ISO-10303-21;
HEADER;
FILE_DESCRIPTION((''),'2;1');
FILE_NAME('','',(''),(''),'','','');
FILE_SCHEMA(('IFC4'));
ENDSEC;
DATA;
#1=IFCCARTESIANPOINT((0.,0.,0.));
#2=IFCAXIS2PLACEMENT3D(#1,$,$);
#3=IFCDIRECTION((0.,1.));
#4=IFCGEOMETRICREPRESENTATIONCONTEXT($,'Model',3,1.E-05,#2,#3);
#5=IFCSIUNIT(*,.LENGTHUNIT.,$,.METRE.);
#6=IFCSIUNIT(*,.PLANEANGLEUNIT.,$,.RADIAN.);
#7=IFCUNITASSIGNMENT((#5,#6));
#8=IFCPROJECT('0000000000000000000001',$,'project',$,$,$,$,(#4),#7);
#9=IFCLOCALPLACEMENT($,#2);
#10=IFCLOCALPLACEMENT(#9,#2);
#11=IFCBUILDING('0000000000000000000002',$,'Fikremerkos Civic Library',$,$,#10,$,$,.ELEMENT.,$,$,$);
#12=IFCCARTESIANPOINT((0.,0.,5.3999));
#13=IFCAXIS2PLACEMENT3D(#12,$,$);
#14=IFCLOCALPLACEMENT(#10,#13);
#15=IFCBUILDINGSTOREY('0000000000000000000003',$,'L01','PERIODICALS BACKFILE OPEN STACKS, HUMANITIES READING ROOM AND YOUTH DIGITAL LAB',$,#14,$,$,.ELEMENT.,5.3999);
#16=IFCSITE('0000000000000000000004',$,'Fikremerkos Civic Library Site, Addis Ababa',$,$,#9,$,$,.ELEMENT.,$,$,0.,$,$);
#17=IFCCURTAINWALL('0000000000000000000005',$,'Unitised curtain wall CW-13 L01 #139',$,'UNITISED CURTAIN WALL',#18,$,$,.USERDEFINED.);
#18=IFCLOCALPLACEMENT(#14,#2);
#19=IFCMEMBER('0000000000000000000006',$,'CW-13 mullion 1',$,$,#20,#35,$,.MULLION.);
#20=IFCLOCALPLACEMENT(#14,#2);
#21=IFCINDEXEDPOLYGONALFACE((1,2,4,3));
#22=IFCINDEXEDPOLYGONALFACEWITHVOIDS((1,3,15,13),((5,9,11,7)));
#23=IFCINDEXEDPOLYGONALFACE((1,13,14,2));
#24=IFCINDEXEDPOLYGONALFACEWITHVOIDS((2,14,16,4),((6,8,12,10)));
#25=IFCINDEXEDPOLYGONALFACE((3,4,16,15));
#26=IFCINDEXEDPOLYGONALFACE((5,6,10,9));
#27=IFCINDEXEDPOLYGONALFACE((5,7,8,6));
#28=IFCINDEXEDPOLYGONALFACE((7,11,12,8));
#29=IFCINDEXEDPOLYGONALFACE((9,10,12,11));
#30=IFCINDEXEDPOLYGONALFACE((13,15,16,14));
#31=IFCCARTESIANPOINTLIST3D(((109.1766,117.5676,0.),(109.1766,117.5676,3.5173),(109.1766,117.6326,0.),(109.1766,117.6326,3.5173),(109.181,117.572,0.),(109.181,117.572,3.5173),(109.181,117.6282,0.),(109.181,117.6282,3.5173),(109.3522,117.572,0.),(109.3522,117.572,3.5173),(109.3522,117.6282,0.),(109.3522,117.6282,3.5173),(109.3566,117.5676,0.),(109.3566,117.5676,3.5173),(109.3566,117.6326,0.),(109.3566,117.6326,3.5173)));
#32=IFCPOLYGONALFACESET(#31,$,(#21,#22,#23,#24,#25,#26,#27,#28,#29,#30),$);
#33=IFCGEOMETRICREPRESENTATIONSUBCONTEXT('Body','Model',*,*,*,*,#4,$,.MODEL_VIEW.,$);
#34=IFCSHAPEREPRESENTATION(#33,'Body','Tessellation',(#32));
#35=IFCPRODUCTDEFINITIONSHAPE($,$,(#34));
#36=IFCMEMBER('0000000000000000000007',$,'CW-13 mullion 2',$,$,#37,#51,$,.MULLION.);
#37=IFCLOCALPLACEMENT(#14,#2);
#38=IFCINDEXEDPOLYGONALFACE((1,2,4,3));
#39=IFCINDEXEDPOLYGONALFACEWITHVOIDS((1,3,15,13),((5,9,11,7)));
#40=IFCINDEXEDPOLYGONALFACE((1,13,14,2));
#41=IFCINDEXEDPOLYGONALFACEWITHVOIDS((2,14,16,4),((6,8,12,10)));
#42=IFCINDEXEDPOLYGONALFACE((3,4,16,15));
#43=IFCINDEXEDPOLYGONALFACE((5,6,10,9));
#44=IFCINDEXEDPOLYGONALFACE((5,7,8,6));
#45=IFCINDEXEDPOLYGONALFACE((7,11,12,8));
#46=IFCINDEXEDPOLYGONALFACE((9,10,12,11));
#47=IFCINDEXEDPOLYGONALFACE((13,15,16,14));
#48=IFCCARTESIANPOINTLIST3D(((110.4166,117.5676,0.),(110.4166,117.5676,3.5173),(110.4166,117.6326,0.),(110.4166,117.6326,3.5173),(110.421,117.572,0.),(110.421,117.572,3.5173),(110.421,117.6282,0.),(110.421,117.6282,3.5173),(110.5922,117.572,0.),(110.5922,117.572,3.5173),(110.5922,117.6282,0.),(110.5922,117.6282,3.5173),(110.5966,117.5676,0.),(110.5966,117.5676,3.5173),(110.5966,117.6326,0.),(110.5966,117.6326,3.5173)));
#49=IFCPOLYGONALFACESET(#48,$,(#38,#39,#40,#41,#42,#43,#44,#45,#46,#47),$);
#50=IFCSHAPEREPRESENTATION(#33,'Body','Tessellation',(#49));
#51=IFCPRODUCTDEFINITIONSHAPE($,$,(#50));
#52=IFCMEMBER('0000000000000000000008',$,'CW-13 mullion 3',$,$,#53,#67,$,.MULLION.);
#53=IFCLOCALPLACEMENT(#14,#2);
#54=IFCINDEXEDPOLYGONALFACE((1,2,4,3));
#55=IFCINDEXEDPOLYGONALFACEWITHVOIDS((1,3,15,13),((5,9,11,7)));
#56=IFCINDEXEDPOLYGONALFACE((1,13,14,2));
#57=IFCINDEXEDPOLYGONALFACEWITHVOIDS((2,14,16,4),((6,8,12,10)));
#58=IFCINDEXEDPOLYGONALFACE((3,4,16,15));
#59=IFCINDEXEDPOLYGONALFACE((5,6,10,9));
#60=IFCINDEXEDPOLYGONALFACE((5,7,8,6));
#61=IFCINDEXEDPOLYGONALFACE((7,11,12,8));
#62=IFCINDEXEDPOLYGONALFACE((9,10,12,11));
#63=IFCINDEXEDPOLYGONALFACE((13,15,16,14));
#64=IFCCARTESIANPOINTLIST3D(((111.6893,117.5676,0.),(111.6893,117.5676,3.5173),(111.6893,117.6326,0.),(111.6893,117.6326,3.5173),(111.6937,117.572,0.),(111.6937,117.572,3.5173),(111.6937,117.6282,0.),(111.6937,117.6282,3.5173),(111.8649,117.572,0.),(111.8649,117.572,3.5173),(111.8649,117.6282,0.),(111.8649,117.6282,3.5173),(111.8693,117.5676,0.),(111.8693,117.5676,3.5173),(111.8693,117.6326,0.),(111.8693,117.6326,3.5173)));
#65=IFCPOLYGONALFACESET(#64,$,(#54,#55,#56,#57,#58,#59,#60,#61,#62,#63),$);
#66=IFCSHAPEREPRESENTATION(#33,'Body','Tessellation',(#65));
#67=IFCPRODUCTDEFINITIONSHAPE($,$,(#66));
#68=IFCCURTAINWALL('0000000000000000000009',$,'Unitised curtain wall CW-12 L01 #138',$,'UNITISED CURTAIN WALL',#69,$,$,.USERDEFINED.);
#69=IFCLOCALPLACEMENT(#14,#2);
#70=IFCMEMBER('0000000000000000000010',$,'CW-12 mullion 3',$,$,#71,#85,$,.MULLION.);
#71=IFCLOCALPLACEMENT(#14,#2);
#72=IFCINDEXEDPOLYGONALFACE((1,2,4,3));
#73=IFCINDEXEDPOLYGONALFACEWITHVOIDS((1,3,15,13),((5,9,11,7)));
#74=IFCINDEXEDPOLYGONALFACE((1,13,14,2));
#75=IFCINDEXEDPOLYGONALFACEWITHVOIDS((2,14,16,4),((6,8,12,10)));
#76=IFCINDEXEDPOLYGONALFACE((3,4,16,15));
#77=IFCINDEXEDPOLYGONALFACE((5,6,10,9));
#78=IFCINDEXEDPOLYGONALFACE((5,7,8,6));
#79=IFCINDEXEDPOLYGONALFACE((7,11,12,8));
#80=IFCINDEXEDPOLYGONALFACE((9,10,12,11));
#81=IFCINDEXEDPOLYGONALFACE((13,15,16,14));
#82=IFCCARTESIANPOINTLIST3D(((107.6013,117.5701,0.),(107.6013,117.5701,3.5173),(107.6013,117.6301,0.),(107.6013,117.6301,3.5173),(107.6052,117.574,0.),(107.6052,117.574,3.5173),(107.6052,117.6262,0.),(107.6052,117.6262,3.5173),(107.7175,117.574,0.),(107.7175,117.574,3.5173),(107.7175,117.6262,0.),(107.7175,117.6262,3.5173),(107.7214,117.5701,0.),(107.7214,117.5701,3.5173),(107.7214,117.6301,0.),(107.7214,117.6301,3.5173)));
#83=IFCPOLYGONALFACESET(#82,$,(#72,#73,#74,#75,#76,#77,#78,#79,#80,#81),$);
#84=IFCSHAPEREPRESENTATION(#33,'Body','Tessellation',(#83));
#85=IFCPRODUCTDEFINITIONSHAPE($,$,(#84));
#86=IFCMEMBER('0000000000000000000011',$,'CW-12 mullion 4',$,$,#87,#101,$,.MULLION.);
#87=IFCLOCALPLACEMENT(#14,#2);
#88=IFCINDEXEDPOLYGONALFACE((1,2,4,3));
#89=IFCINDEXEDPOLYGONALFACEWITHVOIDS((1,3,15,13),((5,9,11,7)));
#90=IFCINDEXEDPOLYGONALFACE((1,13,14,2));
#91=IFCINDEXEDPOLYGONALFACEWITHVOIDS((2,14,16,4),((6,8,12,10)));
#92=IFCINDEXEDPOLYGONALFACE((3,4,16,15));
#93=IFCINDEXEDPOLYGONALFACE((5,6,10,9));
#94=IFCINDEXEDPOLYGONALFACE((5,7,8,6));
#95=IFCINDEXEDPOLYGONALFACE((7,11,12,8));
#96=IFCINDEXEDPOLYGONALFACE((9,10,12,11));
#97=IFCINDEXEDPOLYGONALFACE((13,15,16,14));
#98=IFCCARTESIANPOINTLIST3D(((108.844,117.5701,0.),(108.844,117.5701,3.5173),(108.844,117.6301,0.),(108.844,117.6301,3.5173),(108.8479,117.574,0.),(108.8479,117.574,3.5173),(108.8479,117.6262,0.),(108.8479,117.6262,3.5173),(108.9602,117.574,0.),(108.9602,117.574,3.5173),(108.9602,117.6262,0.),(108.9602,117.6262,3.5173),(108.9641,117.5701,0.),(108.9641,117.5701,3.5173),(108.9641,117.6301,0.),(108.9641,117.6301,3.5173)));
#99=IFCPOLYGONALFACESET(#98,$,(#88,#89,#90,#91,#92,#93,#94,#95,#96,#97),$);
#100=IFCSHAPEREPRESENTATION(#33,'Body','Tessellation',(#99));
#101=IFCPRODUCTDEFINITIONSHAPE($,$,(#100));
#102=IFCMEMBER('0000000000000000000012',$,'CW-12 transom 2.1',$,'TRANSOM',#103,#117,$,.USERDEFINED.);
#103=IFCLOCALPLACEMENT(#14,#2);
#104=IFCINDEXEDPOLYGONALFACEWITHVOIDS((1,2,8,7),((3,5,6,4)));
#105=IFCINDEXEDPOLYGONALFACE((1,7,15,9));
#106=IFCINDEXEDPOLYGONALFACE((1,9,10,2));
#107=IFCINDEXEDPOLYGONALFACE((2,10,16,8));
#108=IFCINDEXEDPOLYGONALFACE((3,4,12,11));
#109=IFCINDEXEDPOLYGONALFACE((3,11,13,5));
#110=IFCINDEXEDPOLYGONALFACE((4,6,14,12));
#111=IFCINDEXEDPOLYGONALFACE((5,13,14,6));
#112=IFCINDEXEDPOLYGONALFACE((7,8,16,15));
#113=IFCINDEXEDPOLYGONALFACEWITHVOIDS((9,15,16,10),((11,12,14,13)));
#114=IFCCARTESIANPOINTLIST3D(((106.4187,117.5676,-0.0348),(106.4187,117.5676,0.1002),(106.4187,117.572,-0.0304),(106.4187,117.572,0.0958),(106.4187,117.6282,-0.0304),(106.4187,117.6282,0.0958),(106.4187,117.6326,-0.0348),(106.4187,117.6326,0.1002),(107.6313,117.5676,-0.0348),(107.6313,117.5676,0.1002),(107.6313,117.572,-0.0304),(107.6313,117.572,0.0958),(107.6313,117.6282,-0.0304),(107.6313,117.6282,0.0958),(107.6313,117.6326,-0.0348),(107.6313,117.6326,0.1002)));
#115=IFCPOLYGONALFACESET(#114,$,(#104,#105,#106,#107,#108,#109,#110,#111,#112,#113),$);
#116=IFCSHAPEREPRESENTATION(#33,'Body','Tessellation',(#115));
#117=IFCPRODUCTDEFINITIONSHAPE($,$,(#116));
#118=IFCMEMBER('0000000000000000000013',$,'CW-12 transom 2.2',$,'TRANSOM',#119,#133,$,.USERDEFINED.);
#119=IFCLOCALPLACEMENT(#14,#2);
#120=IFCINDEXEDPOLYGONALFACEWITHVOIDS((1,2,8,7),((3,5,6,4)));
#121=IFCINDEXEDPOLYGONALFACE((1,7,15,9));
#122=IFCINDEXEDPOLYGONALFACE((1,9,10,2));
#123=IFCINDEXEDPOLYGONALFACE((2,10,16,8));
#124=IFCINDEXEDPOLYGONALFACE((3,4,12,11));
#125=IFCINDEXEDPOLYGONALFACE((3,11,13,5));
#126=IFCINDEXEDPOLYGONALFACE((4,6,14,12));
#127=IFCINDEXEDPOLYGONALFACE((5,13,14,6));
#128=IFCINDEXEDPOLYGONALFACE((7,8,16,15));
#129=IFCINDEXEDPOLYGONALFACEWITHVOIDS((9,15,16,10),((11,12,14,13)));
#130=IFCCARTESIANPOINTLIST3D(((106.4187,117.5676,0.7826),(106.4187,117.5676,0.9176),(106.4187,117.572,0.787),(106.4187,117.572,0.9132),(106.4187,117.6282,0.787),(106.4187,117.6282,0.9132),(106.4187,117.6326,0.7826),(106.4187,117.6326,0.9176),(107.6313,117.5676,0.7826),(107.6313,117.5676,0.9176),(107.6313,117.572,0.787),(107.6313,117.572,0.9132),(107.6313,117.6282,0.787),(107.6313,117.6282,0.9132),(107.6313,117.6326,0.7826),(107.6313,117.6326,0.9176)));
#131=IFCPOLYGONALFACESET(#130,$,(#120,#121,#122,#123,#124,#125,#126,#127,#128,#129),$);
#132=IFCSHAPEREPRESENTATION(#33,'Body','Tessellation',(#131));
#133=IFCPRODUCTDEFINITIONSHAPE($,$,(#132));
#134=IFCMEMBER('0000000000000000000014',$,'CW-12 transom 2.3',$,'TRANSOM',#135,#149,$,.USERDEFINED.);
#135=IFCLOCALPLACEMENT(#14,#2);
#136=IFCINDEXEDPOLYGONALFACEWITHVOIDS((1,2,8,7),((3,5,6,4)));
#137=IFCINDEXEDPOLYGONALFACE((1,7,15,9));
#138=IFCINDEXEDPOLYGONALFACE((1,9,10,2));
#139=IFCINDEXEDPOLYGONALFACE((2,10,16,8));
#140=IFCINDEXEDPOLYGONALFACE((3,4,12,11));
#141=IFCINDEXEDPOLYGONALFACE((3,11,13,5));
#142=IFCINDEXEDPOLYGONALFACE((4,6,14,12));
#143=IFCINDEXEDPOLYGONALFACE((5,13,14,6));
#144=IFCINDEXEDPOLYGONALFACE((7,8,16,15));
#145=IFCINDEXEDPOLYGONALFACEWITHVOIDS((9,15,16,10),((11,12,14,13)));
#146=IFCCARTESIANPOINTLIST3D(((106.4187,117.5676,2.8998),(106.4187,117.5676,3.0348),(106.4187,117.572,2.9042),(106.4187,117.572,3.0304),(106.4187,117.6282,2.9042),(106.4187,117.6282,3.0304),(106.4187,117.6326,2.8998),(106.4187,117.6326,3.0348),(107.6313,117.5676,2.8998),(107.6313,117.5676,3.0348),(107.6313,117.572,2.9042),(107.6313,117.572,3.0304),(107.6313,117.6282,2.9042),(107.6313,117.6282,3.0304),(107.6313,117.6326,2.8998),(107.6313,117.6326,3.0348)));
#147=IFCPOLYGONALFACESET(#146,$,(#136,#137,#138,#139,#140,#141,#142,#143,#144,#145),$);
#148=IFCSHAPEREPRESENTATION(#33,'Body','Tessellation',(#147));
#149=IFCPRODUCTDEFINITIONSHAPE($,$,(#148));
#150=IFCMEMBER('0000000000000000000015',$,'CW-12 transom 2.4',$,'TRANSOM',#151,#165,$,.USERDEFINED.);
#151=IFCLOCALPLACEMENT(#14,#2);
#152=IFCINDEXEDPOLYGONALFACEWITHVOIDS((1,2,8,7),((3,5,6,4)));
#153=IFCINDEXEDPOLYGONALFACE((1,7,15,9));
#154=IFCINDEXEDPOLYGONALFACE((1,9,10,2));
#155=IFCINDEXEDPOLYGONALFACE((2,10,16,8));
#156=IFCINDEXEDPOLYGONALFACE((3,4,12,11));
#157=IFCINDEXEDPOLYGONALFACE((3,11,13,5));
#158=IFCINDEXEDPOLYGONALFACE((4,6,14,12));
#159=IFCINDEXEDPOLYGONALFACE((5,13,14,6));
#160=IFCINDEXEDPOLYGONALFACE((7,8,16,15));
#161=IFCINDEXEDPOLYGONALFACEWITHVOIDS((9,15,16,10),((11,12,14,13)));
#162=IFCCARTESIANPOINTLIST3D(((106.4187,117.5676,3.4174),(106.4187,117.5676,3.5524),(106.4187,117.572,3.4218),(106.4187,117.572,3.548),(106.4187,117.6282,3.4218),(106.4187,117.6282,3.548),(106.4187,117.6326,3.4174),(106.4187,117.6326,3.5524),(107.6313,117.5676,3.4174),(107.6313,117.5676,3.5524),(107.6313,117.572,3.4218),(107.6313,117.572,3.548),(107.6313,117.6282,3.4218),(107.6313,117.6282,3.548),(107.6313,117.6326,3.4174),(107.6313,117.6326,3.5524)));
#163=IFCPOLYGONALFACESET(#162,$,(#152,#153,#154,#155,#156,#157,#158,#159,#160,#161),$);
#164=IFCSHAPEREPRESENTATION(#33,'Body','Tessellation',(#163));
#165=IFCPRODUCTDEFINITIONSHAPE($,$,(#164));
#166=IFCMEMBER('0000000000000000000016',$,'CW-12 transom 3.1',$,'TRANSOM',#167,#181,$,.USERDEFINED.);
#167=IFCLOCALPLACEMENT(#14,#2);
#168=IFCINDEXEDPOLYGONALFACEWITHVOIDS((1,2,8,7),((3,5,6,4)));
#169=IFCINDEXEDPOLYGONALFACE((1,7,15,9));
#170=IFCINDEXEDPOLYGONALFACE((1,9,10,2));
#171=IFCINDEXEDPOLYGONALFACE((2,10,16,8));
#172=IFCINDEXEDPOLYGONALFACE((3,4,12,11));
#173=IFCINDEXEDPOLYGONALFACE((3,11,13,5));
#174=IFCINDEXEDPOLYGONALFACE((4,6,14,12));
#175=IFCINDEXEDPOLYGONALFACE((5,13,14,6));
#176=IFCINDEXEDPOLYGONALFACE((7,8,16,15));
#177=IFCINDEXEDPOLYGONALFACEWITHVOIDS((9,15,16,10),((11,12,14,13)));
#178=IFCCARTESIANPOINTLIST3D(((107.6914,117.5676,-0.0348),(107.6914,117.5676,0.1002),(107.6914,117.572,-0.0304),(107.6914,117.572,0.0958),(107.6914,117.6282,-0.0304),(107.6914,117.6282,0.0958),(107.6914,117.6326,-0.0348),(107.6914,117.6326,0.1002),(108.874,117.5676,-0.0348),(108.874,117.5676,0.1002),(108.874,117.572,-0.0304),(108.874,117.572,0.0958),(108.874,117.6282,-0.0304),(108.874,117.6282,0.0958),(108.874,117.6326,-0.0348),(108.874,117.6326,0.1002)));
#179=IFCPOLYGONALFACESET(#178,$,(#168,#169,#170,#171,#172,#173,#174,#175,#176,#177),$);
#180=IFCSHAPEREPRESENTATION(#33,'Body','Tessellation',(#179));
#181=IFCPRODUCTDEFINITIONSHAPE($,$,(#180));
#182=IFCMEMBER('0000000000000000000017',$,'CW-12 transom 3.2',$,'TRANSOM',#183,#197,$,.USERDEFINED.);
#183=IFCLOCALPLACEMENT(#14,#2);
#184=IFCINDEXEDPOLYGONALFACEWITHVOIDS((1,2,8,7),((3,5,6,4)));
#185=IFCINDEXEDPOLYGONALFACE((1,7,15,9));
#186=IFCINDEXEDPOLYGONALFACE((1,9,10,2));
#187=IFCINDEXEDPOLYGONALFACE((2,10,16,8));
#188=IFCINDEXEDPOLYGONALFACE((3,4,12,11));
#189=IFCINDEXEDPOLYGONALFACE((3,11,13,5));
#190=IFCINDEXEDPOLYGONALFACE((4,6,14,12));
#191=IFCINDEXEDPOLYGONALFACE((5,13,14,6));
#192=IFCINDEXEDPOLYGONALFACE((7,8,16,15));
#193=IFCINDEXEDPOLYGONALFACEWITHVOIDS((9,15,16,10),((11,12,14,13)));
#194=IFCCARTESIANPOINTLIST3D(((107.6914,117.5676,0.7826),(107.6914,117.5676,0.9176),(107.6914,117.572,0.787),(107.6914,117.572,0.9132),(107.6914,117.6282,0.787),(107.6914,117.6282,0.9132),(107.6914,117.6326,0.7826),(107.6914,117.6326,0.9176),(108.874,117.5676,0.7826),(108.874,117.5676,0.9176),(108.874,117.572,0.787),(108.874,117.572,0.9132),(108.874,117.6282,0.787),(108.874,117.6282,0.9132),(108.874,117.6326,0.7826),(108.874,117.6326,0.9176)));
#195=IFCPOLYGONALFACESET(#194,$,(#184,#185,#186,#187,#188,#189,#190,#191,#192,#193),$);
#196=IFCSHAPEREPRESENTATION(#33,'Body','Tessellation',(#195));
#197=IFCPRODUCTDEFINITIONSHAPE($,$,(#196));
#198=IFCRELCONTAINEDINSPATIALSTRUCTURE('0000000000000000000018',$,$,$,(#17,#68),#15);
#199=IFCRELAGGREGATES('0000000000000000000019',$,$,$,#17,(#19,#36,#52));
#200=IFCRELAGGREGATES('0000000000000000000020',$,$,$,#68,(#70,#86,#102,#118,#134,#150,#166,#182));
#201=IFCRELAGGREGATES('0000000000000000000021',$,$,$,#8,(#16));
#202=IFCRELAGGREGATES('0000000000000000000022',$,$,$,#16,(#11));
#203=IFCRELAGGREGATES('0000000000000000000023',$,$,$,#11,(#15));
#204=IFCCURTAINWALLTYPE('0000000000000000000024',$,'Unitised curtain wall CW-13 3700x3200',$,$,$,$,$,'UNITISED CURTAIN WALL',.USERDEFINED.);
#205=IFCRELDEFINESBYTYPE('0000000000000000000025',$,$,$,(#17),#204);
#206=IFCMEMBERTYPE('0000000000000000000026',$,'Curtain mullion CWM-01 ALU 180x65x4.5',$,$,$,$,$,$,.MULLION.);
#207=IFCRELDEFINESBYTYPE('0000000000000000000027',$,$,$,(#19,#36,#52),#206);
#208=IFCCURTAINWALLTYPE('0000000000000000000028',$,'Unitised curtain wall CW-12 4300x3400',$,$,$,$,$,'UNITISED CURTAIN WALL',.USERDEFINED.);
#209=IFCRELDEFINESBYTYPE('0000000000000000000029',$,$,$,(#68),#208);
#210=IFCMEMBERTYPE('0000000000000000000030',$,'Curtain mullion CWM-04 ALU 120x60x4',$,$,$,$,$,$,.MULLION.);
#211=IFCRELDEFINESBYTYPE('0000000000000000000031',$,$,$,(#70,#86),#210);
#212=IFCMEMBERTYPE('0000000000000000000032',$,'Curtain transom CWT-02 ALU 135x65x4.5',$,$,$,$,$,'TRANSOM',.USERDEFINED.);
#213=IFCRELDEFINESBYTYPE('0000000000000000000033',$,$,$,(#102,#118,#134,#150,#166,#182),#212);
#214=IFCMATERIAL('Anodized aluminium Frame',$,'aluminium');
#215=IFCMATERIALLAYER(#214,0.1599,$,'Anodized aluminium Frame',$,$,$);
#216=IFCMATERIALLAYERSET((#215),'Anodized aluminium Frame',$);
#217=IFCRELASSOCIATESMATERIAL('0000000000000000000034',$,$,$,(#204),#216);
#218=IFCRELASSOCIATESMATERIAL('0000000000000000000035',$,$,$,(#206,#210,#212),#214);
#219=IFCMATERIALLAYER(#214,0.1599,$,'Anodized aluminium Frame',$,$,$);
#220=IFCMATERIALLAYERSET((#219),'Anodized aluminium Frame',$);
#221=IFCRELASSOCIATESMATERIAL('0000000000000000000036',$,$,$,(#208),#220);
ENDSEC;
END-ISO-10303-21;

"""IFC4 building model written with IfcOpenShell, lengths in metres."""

from ifc_helpers import new_model, si_unit, direction, frame, origin, origin_2d, place, context, subcontext, project, spatial, hollow_rectangle, extrude, material, layer, layer_set, material_profile, profile_set, type_object, element, aggregate, save


model = new_model("IFC4")

# Units and contexts
model_context = context("Model", 3, precision=1e-05, world=origin(), true_north=direction((0.0, 1.0)))
body_context = subcontext(model_context, "Body", "Model", "MODEL_VIEW")
ifc_project = project(units=[si_unit("LENGTHUNIT", "METRE"), si_unit("PLANEANGLEUNIT", "RADIAN")], contexts=[model_context])

# Site, building, storey
site_placement = place(None, origin())
site = spatial("IfcSite", under=ifc_project, at=site_placement, Name="Fikremerkos Civic Library Site, Addis Ababa", CompositionType="ELEMENT", RefElevation=0.0)
building_placement = place(site_placement, origin())
building = spatial("IfcBuilding", under=site, at=building_placement, Name="Fikremerkos Civic Library", CompositionType="ELEMENT")
storey_placement = place(building_placement, frame((0.0, 0.0, 5.3999)))
storey = spatial("IfcBuildingStorey", under=building, at=storey_placement, Name="L01", Description="PERIODICALS BACKFILE OPEN STACKS, HUMANITIES READING ROOM AND YOUTH DIGITAL LAB", CompositionType="ELEMENT", Elevation=5.3999)

# Curtain walls, members
ifc_material_1 = material(Name="Anodized aluminium Frame", Category="aluminium")
ifc_layer_1 = layer(ifc_material_1, 0.1599, Name="Anodized aluminium Frame")
ifc_layer_set_1 = layer_set([ifc_layer_1], Name="Anodized aluminium Frame")
curtain_wall_type_1 = type_object("IfcCurtainWallType", Name="Unitised curtain wall CW-13 3700x3200", ElementType="UNITISED CURTAIN WALL", PredefinedType="USERDEFINED", material=ifc_layer_set_1)
curtain_wall_1_placement = place(storey_placement, origin())
curtain_wall_1 = element("IfcCurtainWall", 1, at=curtain_wall_1_placement, inside=storey, type_object=curtain_wall_type_1, Name="Unitised curtain wall CW-13 L01 #139", ObjectType="UNITISED CURTAIN WALL", PredefinedType="USERDEFINED")
ifc_material_profile_1 = material_profile(ifc_material_1, hollow_rectangle(XDim=0.0649, YDim=0.1799, WallThickness=0.0044, at=origin_2d()), Name="ALU 180x65x4.5")
ifc_profile_set_1 = profile_set([ifc_material_profile_1], Name="Anodized aluminium Frame")
member_type_1 = type_object("IfcMemberType", Name="Curtain mullion CWM-01 ALU 180x65x4.5", PredefinedType="MULLION", material=ifc_profile_set_1)
member_1_placement = place(storey_placement, frame((109.2666, 117.6001, 0.0), z_axis=(0.0, 0.0, 1.0), x_axis=(0.0, 1.0, 0.0)))
member_1 = element("IfcMember", 2, at=member_1_placement, type_object=member_type_1, Name="CW-13 mullion 1", PredefinedType="MULLION", context=body_context, shape_type="SweptSolid", body=[
    extrude(hollow_rectangle(XDim=0.0649, YDim=0.1799, WallThickness=0.0044, at=origin_2d()), origin(), (0.0, 0.0, 1.0), 3.5173),
])
member_2_placement = place(storey_placement, frame((110.5066, 117.6001, 0.0), z_axis=(0.0, 0.0, 1.0), x_axis=(0.0, 1.0, 0.0)))
member_2 = element("IfcMember", 3, at=member_2_placement, type_object=member_type_1, Name="CW-13 mullion 2", PredefinedType="MULLION", context=body_context, shape_type="SweptSolid", body=[
    extrude(hollow_rectangle(XDim=0.0649, YDim=0.1799, WallThickness=0.0044, at=origin_2d()), origin(), (0.0, 0.0, 1.0), 3.5173),
])
member_3_placement = place(storey_placement, frame((111.7793, 117.6001, 0.0), z_axis=(0.0, 0.0, 1.0), x_axis=(0.0, 1.0, 0.0)))
member_3 = element("IfcMember", 4, at=member_3_placement, type_object=member_type_1, Name="CW-13 mullion 3", PredefinedType="MULLION", context=body_context, shape_type="SweptSolid", body=[
    extrude(hollow_rectangle(XDim=0.0649, YDim=0.1799, WallThickness=0.0044, at=origin_2d()), origin(), (0.0, 0.0, 1.0), 3.5173),
])
ifc_layer_2 = layer(ifc_material_1, 0.1599, Name="Anodized aluminium Frame")
ifc_layer_set_2 = layer_set([ifc_layer_2], Name="Anodized aluminium Frame")
curtain_wall_type_2 = type_object("IfcCurtainWallType", Name="Unitised curtain wall CW-12 4300x3400", ElementType="UNITISED CURTAIN WALL", PredefinedType="USERDEFINED", material=ifc_layer_set_2)
curtain_wall_2_placement = place(storey_placement, origin())
curtain_wall_2 = element("IfcCurtainWall", 5, at=curtain_wall_2_placement, inside=storey, type_object=curtain_wall_type_2, Name="Unitised curtain wall CW-12 L01 #138", ObjectType="UNITISED CURTAIN WALL", PredefinedType="USERDEFINED")
ifc_material_profile_2 = material_profile(ifc_material_1, hollow_rectangle(XDim=0.0601, YDim=0.1201, WallThickness=0.0039, at=origin_2d()), Name="ALU 120x60x4")
ifc_profile_set_2 = profile_set([ifc_material_profile_2], Name="Anodized aluminium Frame")
member_type_2 = type_object("IfcMemberType", Name="Curtain mullion CWM-04 ALU 120x60x4", PredefinedType="MULLION", material=ifc_profile_set_2)
member_4_placement = place(storey_placement, frame((107.6614, 117.6001, 0.0), z_axis=(0.0, 0.0, 1.0), x_axis=(0.0, 1.0, 0.0)))
member_4 = element("IfcMember", 6, at=member_4_placement, type_object=member_type_2, Name="CW-12 mullion 3", PredefinedType="MULLION", context=body_context, shape_type="SweptSolid", body=[
    extrude(hollow_rectangle(XDim=0.0601, YDim=0.1201, WallThickness=0.0039, at=origin_2d()), origin(), (0.0, 0.0, 1.0), 3.5173),
])
member_5_placement = place(storey_placement, frame((108.9041, 117.6001, 0.0), z_axis=(0.0, 0.0, 1.0), x_axis=(0.0, 1.0, 0.0)))
member_5 = element("IfcMember", 7, at=member_5_placement, type_object=member_type_2, Name="CW-12 mullion 4", PredefinedType="MULLION", context=body_context, shape_type="SweptSolid", body=[
    extrude(hollow_rectangle(XDim=0.0601, YDim=0.1201, WallThickness=0.0039, at=origin_2d()), origin(), (0.0, 0.0, 1.0), 3.5173),
])
ifc_material_profile_3 = material_profile(ifc_material_1, hollow_rectangle(XDim=0.0649, YDim=0.135, WallThickness=0.0044, at=origin_2d()), Name="ALU 135x65x4.5")
ifc_profile_set_3 = profile_set([ifc_material_profile_3], Name="Anodized aluminium Frame")
member_type_3 = type_object("IfcMemberType", Name="Curtain transom CWT-02 ALU 135x65x4.5", ElementType="TRANSOM", PredefinedType="USERDEFINED", material=ifc_profile_set_3)
member_6_placement = place(storey_placement, frame((106.4187, 117.6001, 0.0327), z_axis=(1.0, 0.0, 0.0), x_axis=(0.0, 1.0, 0.0)))
member_6 = element("IfcMember", 8, at=member_6_placement, type_object=member_type_3, Name="CW-12 transom 2.1", ObjectType="TRANSOM", PredefinedType="USERDEFINED", context=body_context, shape_type="SweptSolid", body=[
    extrude(hollow_rectangle(XDim=0.0649, YDim=0.135, WallThickness=0.0044, at=origin_2d()), origin(), (0.0, 0.0, 1.0), 1.2126),
])
member_7_placement = place(storey_placement, frame((106.4187, 117.6001, 0.8501), z_axis=(1.0, 0.0, 0.0), x_axis=(0.0, 1.0, 0.0)))
member_7 = element("IfcMember", 9, at=member_7_placement, type_object=member_type_3, Name="CW-12 transom 2.2", ObjectType="TRANSOM", PredefinedType="USERDEFINED", context=body_context, shape_type="SweptSolid", body=[
    extrude(hollow_rectangle(XDim=0.0649, YDim=0.135, WallThickness=0.0044, at=origin_2d()), origin(), (0.0, 0.0, 1.0), 1.2126),
])
member_8_placement = place(storey_placement, frame((106.4187, 117.6001, 2.9673), z_axis=(1.0, 0.0, 0.0), x_axis=(0.0, 1.0, 0.0)))
member_8 = element("IfcMember", 10, at=member_8_placement, type_object=member_type_3, Name="CW-12 transom 2.3", ObjectType="TRANSOM", PredefinedType="USERDEFINED", context=body_context, shape_type="SweptSolid", body=[
    extrude(hollow_rectangle(XDim=0.0649, YDim=0.135, WallThickness=0.0044, at=origin_2d()), origin(), (0.0, 0.0, 1.0), 1.2126),
])
member_9_placement = place(storey_placement, frame((106.4187, 117.6001, 3.4849), z_axis=(1.0, 0.0, 0.0), x_axis=(0.0, 1.0, 0.0)))
member_9 = element("IfcMember", 11, at=member_9_placement, type_object=member_type_3, Name="CW-12 transom 2.4", ObjectType="TRANSOM", PredefinedType="USERDEFINED", context=body_context, shape_type="SweptSolid", body=[
    extrude(hollow_rectangle(XDim=0.0649, YDim=0.135, WallThickness=0.0044, at=origin_2d()), origin(), (0.0, 0.0, 1.0), 1.2126),
])
member_10_placement = place(storey_placement, frame((107.6914, 117.6001, 0.0327), z_axis=(1.0, 0.0, 0.0), x_axis=(0.0, 1.0, 0.0)))
member_10 = element("IfcMember", 12, at=member_10_placement, type_object=member_type_3, Name="CW-12 transom 3.1", ObjectType="TRANSOM", PredefinedType="USERDEFINED", context=body_context, shape_type="SweptSolid", body=[
    extrude(hollow_rectangle(XDim=0.0649, YDim=0.135, WallThickness=0.0044, at=origin_2d()), origin(), (0.0, 0.0, 1.0), 1.1826),
])
member_11_placement = place(storey_placement, frame((107.6914, 117.6001, 0.8501), z_axis=(1.0, 0.0, 0.0), x_axis=(0.0, 1.0, 0.0)))
member_11 = element("IfcMember", 13, at=member_11_placement, type_object=member_type_3, Name="CW-12 transom 3.2", ObjectType="TRANSOM", PredefinedType="USERDEFINED", context=body_context, shape_type="SweptSolid", body=[
    extrude(hollow_rectangle(XDim=0.0649, YDim=0.135, WallThickness=0.0044, at=origin_2d()), origin(), (0.0, 0.0, 1.0), 1.1826),
])

aggregate(curtain_wall_1, [member_1, member_2, member_3])
aggregate(curtain_wall_2, [member_4, member_5, member_6, member_7, member_8, member_9, member_10, member_11])

save(model, "model.ifc")
